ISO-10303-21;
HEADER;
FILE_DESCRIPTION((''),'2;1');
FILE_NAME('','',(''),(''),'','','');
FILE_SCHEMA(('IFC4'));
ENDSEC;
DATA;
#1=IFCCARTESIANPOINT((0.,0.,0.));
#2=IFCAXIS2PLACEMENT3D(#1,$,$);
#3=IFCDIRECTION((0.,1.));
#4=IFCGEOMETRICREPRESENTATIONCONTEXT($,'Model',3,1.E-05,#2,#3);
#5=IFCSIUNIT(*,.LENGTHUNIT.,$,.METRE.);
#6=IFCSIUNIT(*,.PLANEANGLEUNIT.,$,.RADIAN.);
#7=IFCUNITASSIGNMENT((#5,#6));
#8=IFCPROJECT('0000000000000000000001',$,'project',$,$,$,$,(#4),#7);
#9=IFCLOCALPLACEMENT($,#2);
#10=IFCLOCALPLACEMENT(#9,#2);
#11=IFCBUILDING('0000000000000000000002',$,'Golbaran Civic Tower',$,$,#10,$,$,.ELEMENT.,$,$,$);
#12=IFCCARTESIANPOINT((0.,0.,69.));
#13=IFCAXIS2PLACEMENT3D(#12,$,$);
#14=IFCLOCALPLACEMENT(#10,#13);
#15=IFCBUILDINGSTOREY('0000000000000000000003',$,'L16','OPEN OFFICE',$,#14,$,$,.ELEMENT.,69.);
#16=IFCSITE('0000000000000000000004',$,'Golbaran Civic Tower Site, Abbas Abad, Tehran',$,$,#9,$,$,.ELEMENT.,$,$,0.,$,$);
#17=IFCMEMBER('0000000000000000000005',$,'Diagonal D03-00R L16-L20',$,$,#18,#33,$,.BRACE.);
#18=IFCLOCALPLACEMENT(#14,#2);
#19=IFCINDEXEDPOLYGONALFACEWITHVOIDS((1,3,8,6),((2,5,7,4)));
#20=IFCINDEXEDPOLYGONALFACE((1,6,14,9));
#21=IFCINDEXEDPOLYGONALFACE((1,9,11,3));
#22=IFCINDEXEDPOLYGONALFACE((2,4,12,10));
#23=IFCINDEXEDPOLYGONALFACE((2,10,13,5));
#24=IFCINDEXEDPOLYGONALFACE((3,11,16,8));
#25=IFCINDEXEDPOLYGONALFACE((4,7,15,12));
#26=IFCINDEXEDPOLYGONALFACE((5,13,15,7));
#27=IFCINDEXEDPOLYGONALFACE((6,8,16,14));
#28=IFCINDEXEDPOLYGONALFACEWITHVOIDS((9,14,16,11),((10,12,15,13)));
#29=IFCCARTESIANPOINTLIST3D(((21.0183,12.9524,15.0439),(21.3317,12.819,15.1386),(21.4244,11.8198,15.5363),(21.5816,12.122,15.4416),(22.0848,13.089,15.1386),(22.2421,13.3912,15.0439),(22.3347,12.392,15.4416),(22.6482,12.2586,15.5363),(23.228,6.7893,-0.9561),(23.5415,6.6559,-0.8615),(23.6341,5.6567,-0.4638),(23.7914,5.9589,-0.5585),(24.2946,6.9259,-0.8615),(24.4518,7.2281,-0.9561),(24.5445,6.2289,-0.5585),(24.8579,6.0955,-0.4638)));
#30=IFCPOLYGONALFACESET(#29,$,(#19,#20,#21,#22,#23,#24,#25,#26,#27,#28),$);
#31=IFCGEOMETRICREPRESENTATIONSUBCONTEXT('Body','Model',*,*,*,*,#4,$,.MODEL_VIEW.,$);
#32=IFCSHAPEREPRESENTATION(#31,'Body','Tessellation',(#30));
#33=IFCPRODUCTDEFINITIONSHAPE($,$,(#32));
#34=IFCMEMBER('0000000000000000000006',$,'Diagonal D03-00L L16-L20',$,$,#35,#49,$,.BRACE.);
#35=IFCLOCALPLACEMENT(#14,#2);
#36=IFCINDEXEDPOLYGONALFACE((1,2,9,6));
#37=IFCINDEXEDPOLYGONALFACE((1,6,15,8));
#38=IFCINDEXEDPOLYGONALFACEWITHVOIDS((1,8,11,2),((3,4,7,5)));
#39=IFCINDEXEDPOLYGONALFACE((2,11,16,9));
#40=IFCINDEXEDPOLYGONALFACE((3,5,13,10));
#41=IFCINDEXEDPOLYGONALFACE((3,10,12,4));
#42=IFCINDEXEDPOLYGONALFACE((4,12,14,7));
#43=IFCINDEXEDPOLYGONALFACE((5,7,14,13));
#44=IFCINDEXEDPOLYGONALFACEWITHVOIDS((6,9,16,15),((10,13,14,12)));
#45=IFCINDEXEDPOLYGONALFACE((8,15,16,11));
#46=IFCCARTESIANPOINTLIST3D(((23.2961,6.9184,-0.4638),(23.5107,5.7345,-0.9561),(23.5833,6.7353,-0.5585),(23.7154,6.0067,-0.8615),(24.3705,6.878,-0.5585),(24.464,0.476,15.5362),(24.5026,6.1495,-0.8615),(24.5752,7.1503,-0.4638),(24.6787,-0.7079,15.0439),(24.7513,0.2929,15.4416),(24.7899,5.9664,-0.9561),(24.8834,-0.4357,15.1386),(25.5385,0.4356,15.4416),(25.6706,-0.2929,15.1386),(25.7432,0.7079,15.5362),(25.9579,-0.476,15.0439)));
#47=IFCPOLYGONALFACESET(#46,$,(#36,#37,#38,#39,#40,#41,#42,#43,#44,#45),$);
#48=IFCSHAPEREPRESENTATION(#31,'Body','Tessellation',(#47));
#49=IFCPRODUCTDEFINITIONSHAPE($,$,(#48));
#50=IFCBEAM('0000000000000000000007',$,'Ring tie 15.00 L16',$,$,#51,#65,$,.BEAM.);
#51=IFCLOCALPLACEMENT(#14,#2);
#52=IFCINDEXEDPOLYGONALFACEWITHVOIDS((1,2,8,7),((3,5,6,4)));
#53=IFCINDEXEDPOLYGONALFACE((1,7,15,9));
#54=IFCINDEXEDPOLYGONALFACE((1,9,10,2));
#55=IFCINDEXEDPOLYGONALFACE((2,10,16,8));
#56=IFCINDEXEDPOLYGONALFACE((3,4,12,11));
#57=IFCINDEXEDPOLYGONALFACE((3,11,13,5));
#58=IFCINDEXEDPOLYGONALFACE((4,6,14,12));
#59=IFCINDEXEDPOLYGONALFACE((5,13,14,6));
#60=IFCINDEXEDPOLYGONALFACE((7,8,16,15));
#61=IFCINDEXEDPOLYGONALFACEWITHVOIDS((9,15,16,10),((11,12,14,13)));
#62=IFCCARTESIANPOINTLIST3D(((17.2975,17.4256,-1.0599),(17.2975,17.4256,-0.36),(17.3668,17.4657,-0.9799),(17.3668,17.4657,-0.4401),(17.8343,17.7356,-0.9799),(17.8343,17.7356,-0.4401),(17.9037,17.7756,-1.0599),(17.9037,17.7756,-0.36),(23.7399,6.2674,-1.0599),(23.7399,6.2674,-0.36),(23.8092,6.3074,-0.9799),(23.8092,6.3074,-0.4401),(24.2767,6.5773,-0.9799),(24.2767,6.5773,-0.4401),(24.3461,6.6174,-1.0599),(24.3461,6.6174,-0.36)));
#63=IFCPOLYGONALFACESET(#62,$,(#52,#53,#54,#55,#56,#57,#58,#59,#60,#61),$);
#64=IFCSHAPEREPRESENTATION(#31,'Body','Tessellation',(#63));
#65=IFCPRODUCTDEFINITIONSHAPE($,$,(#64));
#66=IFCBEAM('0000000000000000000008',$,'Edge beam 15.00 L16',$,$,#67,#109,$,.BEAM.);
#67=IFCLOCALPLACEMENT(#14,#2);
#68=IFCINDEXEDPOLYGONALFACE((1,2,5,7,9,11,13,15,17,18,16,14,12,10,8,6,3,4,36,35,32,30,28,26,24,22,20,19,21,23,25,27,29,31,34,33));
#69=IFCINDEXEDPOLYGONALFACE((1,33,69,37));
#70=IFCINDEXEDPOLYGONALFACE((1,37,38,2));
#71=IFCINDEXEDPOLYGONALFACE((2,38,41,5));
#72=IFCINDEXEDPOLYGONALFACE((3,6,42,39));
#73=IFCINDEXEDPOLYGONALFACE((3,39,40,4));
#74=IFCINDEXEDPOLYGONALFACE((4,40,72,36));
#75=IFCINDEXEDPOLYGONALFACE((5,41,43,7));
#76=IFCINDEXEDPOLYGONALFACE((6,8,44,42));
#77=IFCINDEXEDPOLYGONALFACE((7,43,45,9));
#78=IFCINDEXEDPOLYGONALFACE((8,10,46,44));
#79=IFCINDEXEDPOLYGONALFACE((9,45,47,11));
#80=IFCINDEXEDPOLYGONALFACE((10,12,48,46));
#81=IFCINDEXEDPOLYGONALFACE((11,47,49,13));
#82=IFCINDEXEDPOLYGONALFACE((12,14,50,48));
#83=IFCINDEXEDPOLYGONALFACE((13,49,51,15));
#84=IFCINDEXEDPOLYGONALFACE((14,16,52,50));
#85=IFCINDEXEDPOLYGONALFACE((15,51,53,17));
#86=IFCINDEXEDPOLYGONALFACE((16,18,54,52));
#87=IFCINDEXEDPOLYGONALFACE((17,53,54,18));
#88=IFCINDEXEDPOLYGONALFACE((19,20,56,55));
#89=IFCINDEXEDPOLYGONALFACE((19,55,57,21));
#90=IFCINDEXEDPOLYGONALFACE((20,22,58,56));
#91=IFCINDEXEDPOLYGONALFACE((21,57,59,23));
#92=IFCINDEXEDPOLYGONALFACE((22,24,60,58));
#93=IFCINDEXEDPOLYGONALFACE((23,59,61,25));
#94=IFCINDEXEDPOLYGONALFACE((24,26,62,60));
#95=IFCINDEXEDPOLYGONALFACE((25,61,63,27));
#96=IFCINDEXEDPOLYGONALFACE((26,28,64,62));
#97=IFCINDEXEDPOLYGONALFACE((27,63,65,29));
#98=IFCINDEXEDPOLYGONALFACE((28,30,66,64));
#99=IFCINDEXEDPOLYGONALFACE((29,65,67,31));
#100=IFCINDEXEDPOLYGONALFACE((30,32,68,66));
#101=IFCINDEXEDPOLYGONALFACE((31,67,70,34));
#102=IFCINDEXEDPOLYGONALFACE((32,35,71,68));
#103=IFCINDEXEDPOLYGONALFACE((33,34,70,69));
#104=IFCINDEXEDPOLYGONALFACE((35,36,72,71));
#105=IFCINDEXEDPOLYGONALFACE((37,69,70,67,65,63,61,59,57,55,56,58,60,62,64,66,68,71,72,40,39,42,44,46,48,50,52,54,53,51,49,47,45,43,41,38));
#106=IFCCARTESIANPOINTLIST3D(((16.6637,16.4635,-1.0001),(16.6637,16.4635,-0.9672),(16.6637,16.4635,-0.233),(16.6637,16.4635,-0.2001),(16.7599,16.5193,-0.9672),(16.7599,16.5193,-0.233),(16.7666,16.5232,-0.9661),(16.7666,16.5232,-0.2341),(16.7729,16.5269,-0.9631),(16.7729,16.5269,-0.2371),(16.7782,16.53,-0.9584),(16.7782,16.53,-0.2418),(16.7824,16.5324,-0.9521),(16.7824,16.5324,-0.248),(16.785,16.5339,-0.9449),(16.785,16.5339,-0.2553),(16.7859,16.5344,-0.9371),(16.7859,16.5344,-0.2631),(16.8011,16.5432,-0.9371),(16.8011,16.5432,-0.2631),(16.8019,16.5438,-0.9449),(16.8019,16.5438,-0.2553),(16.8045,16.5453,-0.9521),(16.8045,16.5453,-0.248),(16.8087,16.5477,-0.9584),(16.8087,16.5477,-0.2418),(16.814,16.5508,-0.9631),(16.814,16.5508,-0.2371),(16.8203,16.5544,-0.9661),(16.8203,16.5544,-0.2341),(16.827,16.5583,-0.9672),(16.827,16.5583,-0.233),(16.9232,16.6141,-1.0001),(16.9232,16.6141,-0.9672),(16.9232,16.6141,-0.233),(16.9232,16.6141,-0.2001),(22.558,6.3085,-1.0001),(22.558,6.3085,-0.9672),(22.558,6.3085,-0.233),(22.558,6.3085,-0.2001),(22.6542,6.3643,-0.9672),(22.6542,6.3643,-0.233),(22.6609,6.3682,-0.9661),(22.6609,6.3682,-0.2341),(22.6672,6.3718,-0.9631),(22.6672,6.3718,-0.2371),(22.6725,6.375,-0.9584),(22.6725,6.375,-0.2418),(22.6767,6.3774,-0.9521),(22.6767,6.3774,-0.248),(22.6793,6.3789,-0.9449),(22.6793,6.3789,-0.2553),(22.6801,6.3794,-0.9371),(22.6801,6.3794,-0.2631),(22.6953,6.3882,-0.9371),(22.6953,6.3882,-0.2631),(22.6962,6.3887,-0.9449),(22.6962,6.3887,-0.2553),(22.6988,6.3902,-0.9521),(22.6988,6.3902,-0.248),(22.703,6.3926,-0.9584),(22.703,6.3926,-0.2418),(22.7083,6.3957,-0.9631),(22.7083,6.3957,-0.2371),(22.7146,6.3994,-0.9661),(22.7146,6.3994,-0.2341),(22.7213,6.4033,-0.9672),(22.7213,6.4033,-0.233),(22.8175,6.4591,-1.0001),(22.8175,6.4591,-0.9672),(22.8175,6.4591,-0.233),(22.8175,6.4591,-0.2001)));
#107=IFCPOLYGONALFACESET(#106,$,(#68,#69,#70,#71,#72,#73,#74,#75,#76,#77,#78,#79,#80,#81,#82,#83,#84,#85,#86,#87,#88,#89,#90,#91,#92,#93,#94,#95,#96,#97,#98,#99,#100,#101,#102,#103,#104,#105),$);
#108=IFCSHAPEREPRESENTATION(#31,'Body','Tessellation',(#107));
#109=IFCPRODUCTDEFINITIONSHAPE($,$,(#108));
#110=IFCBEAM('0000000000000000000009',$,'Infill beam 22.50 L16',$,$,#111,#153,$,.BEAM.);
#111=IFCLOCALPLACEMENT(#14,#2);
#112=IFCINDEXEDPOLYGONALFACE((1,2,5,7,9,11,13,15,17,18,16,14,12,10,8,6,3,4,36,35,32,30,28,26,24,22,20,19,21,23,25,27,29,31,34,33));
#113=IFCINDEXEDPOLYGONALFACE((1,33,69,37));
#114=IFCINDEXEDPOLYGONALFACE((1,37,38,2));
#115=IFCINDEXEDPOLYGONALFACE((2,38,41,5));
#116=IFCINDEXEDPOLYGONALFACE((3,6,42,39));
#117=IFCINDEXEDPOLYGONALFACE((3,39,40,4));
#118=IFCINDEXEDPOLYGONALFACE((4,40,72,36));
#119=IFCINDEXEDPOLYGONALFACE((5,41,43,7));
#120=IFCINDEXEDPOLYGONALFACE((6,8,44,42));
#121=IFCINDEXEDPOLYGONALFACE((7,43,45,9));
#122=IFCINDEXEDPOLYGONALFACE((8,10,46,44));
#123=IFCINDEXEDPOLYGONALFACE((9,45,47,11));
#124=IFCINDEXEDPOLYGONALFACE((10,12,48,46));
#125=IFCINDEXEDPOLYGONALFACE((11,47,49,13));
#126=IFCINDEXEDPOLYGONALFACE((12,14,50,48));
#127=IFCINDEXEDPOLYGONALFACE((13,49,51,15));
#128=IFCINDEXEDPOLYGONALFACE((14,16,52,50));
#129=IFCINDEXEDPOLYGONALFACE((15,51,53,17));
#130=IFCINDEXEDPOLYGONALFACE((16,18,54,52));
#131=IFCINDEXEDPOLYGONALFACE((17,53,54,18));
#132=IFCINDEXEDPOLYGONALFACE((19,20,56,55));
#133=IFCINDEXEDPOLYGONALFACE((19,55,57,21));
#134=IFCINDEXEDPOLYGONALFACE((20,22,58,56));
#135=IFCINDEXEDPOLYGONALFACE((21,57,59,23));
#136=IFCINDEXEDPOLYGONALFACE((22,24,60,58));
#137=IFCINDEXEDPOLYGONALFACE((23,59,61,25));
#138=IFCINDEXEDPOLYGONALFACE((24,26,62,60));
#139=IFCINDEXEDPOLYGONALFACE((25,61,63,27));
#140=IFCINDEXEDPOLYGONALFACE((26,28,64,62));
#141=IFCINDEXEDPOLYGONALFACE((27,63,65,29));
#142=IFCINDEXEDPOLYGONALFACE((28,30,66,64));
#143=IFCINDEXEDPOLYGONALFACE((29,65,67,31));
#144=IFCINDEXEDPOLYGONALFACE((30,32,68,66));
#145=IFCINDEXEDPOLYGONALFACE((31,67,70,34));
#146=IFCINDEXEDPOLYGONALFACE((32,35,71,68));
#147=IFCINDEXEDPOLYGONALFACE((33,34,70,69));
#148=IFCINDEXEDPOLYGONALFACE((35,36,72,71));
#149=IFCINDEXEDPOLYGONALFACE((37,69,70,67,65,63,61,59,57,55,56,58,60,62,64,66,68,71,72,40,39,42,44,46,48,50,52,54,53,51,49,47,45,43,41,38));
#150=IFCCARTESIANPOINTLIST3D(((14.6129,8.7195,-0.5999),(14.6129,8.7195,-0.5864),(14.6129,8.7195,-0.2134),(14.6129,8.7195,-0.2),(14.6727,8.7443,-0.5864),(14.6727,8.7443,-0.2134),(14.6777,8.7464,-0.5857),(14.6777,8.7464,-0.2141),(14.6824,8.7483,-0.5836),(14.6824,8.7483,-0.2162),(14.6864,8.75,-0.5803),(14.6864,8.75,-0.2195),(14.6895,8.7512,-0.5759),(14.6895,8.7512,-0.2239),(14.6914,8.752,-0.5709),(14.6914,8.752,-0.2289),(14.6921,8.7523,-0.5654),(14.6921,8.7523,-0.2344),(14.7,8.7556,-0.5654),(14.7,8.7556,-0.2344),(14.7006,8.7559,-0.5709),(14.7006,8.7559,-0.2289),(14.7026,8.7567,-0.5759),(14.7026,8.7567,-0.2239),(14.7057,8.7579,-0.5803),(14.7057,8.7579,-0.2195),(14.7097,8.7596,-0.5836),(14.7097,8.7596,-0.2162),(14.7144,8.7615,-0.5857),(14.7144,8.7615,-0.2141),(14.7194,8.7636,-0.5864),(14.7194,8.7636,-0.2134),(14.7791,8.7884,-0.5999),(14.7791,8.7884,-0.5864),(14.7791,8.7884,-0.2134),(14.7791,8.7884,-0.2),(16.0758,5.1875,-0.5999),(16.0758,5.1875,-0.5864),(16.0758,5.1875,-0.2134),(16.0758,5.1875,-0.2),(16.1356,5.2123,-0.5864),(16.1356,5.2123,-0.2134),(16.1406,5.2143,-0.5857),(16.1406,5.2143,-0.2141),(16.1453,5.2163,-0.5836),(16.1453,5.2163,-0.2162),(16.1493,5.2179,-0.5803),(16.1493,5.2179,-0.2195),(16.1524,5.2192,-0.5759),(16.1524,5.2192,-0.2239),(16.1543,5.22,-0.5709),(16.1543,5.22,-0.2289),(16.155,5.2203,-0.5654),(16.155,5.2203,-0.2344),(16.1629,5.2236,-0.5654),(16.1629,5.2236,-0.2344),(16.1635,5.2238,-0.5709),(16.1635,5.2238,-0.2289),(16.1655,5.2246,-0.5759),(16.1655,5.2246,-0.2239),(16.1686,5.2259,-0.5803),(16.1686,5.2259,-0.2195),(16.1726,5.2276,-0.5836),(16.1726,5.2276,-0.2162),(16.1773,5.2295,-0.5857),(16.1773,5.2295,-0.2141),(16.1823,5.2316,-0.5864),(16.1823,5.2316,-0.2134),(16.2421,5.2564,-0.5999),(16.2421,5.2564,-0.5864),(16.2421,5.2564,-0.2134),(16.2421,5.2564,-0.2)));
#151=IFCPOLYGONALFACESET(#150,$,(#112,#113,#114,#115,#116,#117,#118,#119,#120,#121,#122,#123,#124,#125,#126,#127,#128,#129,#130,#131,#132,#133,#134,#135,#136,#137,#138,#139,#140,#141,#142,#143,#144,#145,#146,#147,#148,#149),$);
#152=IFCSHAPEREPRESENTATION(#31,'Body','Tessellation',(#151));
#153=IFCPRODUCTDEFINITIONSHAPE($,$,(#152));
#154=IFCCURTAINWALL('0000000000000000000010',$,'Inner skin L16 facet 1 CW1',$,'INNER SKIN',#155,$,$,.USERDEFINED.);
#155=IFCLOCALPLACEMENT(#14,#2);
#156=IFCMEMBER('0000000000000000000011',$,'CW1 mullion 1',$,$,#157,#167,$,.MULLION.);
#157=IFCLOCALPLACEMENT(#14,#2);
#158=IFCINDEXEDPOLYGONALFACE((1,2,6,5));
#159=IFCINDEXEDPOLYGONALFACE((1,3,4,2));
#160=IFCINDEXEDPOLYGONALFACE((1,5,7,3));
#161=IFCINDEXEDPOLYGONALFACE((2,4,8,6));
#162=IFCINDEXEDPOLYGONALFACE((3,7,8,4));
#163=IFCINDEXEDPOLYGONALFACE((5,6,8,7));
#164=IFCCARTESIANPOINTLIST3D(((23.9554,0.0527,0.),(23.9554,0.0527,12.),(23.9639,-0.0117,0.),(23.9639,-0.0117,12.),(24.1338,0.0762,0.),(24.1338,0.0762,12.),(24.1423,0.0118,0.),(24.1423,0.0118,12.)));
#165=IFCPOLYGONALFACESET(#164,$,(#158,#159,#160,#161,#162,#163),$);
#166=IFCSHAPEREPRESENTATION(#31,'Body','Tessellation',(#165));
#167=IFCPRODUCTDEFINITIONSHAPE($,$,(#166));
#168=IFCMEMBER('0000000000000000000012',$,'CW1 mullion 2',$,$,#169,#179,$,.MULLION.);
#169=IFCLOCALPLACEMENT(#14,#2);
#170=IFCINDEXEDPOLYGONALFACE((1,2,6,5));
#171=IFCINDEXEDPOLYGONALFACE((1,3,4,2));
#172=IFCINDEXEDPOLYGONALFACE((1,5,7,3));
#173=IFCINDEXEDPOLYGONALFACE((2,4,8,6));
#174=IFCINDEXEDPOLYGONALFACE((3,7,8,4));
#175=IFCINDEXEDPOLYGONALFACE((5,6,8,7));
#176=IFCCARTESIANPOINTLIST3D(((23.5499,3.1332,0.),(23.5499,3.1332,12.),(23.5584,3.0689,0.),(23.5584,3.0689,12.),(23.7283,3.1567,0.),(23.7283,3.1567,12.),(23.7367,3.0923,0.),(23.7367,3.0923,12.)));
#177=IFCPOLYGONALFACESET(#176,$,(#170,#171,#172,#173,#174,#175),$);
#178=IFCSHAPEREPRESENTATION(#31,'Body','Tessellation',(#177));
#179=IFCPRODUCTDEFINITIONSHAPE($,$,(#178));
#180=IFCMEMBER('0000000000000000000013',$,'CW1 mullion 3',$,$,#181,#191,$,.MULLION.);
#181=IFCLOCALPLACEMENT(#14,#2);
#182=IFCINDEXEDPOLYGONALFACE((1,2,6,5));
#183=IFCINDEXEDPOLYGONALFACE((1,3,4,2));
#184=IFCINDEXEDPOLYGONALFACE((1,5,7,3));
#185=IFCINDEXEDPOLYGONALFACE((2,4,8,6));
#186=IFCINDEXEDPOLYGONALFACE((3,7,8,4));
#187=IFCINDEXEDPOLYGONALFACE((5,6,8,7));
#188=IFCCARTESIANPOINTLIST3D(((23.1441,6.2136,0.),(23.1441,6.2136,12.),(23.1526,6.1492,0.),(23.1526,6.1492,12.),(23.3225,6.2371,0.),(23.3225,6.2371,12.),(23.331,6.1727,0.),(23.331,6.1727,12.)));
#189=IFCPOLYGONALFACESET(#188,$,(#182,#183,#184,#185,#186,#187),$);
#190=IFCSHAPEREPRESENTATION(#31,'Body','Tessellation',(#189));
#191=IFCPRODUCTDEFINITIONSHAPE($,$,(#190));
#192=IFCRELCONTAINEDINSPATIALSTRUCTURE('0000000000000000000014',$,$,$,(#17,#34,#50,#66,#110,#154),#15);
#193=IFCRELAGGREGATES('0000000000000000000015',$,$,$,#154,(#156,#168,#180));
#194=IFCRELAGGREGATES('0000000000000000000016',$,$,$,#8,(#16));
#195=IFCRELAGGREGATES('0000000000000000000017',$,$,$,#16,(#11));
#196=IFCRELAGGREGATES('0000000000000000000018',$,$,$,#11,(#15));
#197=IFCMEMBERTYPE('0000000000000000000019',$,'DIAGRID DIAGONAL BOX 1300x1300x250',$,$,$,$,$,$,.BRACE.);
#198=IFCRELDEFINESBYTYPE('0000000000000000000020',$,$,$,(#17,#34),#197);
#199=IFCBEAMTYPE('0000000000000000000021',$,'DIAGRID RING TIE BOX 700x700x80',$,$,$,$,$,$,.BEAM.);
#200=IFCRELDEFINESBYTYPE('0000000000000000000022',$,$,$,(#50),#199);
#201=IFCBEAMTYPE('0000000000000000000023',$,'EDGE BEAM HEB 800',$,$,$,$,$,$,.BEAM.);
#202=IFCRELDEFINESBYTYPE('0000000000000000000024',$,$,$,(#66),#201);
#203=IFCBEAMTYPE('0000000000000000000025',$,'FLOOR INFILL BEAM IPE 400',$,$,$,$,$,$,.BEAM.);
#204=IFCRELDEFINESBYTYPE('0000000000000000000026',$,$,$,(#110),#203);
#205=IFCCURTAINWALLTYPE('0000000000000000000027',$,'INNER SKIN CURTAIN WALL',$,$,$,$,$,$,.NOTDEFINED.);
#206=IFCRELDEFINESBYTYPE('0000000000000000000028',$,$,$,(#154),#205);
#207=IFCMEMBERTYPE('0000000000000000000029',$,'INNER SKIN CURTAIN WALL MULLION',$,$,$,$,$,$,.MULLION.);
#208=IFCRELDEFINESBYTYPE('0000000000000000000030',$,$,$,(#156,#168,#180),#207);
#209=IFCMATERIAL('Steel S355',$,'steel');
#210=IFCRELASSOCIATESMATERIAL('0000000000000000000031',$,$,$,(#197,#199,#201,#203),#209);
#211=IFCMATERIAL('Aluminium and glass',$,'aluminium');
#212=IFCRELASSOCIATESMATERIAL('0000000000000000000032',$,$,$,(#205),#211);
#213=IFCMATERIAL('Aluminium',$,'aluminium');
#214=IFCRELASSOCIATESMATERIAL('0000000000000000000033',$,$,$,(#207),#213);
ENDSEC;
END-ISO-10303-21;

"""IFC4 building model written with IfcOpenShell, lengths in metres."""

from ifc_helpers import new_model, si_unit, direction, frame, origin, origin_2d, place, context, subcontext, project, spatial, rectangle, hollow_rectangle, i_section, extrude, material, material_profile, profile_set, type_object, element, aggregate, save


model = new_model("IFC4")

# Units and contexts
model_context = context("Model", 3, precision=1e-05, world=origin(), true_north=direction((0.0, 1.0)))
body_context = subcontext(model_context, "Body", "Model", "MODEL_VIEW")
ifc_project = project(units=[si_unit("LENGTHUNIT", "METRE"), si_unit("PLANEANGLEUNIT", "RADIAN")], contexts=[model_context])

# Site, building, storey
site_placement = place(None, origin())
site = spatial("IfcSite", under=ifc_project, at=site_placement, Name="Golbaran Civic Tower Site, Abbas Abad, Tehran", CompositionType="ELEMENT", RefElevation=0.0)
building_placement = place(site_placement, origin())
building = spatial("IfcBuilding", under=site, at=building_placement, Name="Golbaran Civic Tower", CompositionType="ELEMENT")
storey_placement = place(building_placement, frame((0.0, 0.0, 69.0)))
storey = spatial("IfcBuildingStorey", under=building, at=storey_placement, Name="L16", Description="OPEN OFFICE", CompositionType="ELEMENT", Elevation=69.0)

# Members
ifc_material_1 = material(Name="Steel S355", Category="steel")
ifc_material_profile_1 = material_profile(ifc_material_1, hollow_rectangle(XDim=1.3, YDim=1.3, WallThickness=0.25, at=origin_2d()), Name="BOX 1300x1300x250")
ifc_profile_set_1 = profile_set([ifc_material_profile_1], Name="Steel S355")
member_type_1 = type_object("IfcMemberType", Name="DIAGRID DIAGONAL BOX 1300x1300x250", PredefinedType="BRACE", material=ifc_profile_set_1)
for number, where, z_axis, x_axis, name in (
    (1, (24.043, 6.4424, -0.71), (-0.12782, 0.3565, 0.925511), (-0.941324, -0.337503, 0.0), "Diagonal D03-00R L16-L20"),
    (2, (24.043, 6.4424, -0.71), (0.06756, -0.372655, 0.925508), (0.98396, 0.178387, 0.0), "Diagonal D03-00L L16-L20"),
):
    element("IfcMember", number, at=place(storey_placement, frame(where, z_axis=z_axis, x_axis=x_axis)), inside=storey, type_object=member_type_1, Name=name, PredefinedType="BRACE", context=body_context, shape_type="SweptSolid", body=[
        extrude(hollow_rectangle(XDim=1.3, YDim=1.3, WallThickness=0.25, at=origin_2d()), origin(), (0.0, 0.0, 1.0), 17.2878),
    ])

# Beams
ifc_material_profile_2 = material_profile(ifc_material_1, hollow_rectangle(XDim=0.7, YDim=0.7, WallThickness=0.0801, at=origin_2d()), Name="BOX 700x700x80")
ifc_profile_set_2 = profile_set([ifc_material_profile_2], Name="Steel S355")
beam_type_1 = type_object("IfcBeamType", Name="DIAGRID RING TIE BOX 700x700x80", PredefinedType="BEAM", material=ifc_profile_set_2)
beam_1_placement = place(storey_placement, frame((24.043, 6.4424, -0.71), z_axis=(-0.500011, 0.866019, 0.0), x_axis=(-0.866019, -0.500011, 0.0)))
element("IfcBeam", 3, at=beam_1_placement, inside=storey, type_object=beam_type_1, Name="Ring tie 15.00 L16", PredefinedType="BEAM", context=body_context, shape_type="SweptSolid", body=[
    extrude(hollow_rectangle(XDim=0.7, YDim=0.7, WallThickness=0.0801, at=origin_2d()), origin(), (0.0, 0.0, 1.0), 12.8845),
])
ifc_material_profile_3 = material_profile(ifc_material_1, i_section(OverallWidth=0.3, OverallDepth=0.8, WebThickness=0.0176, FlangeThickness=0.033, FilletRadius=0.03, at=origin_2d()), Name="HEB 800")
ifc_profile_set_3 = profile_set([ifc_material_profile_3], Name="Steel S355")
beam_type_2 = type_object("IfcBeamType", Name="EDGE BEAM HEB 800", PredefinedType="BEAM", material=ifc_profile_set_3)
beam_2_placement = place(storey_placement, frame((22.6877, 6.3838, -0.6001), z_axis=(-0.501997, 0.86487, 0.0), x_axis=(-0.86487, -0.501997, 0.0)))
element("IfcBeam", 4, at=beam_2_placement, inside=storey, type_object=beam_type_2, Name="Edge beam 15.00 L16", PredefinedType="BEAM", context=body_context, shape_type="SweptSolid", body=[
    extrude(i_section(OverallWidth=0.3, OverallDepth=0.8, WebThickness=0.0176, FlangeThickness=0.033, FilletRadius=0.03, at=origin_2d()), origin(), (0.0, 0.0, 1.0), 11.7417),
])
ifc_material_profile_4 = material_profile(ifc_material_1, i_section(OverallWidth=0.1799, OverallDepth=0.3999, WebThickness=0.0085, FlangeThickness=0.0134, FilletRadius=0.021, at=origin_2d()), Name="IPE 400")
ifc_profile_set_4 = profile_set([ifc_material_profile_4], Name="Steel S355")
beam_type_3 = type_object("IfcBeamType", Name="FLOOR INFILL BEAM IPE 400", PredefinedType="BEAM", material=ifc_profile_set_4)
beam_3_placement = place(storey_placement, frame((16.1589, 5.2219, -0.3999), z_axis=(-0.38266, 0.923889, 0.0), x_axis=(-0.923889, -0.38266, 0.0)))
element("IfcBeam", 5, at=beam_3_placement, inside=storey, type_object=beam_type_3, Name="Infill beam 22.50 L16", PredefinedType="BEAM", context=body_context, shape_type="SweptSolid", body=[
    extrude(i_section(OverallWidth=0.1799, OverallDepth=0.3999, WebThickness=0.0085, FlangeThickness=0.0134, FilletRadius=0.021, at=origin_2d()), origin(), (0.0, 0.0, 1.0), 3.823),
])

# Curtain wall, members
ifc_material_2 = material(Name="Aluminium and glass", Category="aluminium")
curtain_wall_type_1 = type_object("IfcCurtainWallType", Name="INNER SKIN CURTAIN WALL", PredefinedType="NOTDEFINED", material=ifc_material_2)
curtain_wall_1_placement = place(storey_placement, origin())
curtain_wall_1 = element("IfcCurtainWall", 6, at=curtain_wall_1_placement, inside=storey, type_object=curtain_wall_type_1, Name="Inner skin L16 facet 1 CW1", ObjectType="INNER SKIN", PredefinedType="USERDEFINED")
ifc_material_3 = material(Name="Aluminium", Category="aluminium")
ifc_material_profile_5 = material_profile(ifc_material_3, rectangle(XDim=0.1799, YDim=0.0649, at=origin_2d()), Name="INNER SKIN CURTAIN WALL MULLION")
ifc_profile_set_5 = profile_set([ifc_material_profile_5], Name="Aluminium")
member_type_2 = type_object("IfcMemberType", Name="INNER SKIN CURTAIN WALL MULLION", PredefinedType="MULLION", material=ifc_profile_set_5)
member_1_placement = place(storey_placement, frame((24.0488, 0.0322, 0.0), z_axis=(0.0, 0.0, 1.0), x_axis=(-0.991445, -0.130526, 0.0)))
member_1 = element("IfcMember", 7, at=member_1_placement, type_object=member_type_2, Name="CW1 mullion 1", PredefinedType="MULLION", context=body_context, shape_type="SweptSolid", body=[
    extrude(rectangle(XDim=0.1799, YDim=0.0649, at=origin_2d()), origin(), (0.0, 0.0, 1.0), 12.0),
])
member_2_placement = place(storey_placement, frame((23.6433, 3.1128, 0.0), z_axis=(0.0, 0.0, 1.0), x_axis=(-0.991445, -0.130526, 0.0)))
member_2 = element("IfcMember", 8, at=member_2_placement, type_object=member_type_2, Name="CW1 mullion 2", PredefinedType="MULLION", context=body_context, shape_type="SweptSolid", body=[
    extrude(rectangle(XDim=0.1799, YDim=0.0649, at=origin_2d()), origin(), (0.0, 0.0, 1.0), 12.0),
])
member_3_placement = place(storey_placement, frame((23.2375, 6.1931, 0.0), z_axis=(0.0, 0.0, 1.0), x_axis=(-0.991445, -0.130526, 0.0)))
member_3 = element("IfcMember", 9, at=member_3_placement, type_object=member_type_2, Name="CW1 mullion 3", PredefinedType="MULLION", context=body_context, shape_type="SweptSolid", body=[
    extrude(rectangle(XDim=0.1799, YDim=0.0649, at=origin_2d()), origin(), (0.0, 0.0, 1.0), 12.0),
])

aggregate(curtain_wall_1, [member_1, member_2, member_3])

save(model, "model.ifc")
